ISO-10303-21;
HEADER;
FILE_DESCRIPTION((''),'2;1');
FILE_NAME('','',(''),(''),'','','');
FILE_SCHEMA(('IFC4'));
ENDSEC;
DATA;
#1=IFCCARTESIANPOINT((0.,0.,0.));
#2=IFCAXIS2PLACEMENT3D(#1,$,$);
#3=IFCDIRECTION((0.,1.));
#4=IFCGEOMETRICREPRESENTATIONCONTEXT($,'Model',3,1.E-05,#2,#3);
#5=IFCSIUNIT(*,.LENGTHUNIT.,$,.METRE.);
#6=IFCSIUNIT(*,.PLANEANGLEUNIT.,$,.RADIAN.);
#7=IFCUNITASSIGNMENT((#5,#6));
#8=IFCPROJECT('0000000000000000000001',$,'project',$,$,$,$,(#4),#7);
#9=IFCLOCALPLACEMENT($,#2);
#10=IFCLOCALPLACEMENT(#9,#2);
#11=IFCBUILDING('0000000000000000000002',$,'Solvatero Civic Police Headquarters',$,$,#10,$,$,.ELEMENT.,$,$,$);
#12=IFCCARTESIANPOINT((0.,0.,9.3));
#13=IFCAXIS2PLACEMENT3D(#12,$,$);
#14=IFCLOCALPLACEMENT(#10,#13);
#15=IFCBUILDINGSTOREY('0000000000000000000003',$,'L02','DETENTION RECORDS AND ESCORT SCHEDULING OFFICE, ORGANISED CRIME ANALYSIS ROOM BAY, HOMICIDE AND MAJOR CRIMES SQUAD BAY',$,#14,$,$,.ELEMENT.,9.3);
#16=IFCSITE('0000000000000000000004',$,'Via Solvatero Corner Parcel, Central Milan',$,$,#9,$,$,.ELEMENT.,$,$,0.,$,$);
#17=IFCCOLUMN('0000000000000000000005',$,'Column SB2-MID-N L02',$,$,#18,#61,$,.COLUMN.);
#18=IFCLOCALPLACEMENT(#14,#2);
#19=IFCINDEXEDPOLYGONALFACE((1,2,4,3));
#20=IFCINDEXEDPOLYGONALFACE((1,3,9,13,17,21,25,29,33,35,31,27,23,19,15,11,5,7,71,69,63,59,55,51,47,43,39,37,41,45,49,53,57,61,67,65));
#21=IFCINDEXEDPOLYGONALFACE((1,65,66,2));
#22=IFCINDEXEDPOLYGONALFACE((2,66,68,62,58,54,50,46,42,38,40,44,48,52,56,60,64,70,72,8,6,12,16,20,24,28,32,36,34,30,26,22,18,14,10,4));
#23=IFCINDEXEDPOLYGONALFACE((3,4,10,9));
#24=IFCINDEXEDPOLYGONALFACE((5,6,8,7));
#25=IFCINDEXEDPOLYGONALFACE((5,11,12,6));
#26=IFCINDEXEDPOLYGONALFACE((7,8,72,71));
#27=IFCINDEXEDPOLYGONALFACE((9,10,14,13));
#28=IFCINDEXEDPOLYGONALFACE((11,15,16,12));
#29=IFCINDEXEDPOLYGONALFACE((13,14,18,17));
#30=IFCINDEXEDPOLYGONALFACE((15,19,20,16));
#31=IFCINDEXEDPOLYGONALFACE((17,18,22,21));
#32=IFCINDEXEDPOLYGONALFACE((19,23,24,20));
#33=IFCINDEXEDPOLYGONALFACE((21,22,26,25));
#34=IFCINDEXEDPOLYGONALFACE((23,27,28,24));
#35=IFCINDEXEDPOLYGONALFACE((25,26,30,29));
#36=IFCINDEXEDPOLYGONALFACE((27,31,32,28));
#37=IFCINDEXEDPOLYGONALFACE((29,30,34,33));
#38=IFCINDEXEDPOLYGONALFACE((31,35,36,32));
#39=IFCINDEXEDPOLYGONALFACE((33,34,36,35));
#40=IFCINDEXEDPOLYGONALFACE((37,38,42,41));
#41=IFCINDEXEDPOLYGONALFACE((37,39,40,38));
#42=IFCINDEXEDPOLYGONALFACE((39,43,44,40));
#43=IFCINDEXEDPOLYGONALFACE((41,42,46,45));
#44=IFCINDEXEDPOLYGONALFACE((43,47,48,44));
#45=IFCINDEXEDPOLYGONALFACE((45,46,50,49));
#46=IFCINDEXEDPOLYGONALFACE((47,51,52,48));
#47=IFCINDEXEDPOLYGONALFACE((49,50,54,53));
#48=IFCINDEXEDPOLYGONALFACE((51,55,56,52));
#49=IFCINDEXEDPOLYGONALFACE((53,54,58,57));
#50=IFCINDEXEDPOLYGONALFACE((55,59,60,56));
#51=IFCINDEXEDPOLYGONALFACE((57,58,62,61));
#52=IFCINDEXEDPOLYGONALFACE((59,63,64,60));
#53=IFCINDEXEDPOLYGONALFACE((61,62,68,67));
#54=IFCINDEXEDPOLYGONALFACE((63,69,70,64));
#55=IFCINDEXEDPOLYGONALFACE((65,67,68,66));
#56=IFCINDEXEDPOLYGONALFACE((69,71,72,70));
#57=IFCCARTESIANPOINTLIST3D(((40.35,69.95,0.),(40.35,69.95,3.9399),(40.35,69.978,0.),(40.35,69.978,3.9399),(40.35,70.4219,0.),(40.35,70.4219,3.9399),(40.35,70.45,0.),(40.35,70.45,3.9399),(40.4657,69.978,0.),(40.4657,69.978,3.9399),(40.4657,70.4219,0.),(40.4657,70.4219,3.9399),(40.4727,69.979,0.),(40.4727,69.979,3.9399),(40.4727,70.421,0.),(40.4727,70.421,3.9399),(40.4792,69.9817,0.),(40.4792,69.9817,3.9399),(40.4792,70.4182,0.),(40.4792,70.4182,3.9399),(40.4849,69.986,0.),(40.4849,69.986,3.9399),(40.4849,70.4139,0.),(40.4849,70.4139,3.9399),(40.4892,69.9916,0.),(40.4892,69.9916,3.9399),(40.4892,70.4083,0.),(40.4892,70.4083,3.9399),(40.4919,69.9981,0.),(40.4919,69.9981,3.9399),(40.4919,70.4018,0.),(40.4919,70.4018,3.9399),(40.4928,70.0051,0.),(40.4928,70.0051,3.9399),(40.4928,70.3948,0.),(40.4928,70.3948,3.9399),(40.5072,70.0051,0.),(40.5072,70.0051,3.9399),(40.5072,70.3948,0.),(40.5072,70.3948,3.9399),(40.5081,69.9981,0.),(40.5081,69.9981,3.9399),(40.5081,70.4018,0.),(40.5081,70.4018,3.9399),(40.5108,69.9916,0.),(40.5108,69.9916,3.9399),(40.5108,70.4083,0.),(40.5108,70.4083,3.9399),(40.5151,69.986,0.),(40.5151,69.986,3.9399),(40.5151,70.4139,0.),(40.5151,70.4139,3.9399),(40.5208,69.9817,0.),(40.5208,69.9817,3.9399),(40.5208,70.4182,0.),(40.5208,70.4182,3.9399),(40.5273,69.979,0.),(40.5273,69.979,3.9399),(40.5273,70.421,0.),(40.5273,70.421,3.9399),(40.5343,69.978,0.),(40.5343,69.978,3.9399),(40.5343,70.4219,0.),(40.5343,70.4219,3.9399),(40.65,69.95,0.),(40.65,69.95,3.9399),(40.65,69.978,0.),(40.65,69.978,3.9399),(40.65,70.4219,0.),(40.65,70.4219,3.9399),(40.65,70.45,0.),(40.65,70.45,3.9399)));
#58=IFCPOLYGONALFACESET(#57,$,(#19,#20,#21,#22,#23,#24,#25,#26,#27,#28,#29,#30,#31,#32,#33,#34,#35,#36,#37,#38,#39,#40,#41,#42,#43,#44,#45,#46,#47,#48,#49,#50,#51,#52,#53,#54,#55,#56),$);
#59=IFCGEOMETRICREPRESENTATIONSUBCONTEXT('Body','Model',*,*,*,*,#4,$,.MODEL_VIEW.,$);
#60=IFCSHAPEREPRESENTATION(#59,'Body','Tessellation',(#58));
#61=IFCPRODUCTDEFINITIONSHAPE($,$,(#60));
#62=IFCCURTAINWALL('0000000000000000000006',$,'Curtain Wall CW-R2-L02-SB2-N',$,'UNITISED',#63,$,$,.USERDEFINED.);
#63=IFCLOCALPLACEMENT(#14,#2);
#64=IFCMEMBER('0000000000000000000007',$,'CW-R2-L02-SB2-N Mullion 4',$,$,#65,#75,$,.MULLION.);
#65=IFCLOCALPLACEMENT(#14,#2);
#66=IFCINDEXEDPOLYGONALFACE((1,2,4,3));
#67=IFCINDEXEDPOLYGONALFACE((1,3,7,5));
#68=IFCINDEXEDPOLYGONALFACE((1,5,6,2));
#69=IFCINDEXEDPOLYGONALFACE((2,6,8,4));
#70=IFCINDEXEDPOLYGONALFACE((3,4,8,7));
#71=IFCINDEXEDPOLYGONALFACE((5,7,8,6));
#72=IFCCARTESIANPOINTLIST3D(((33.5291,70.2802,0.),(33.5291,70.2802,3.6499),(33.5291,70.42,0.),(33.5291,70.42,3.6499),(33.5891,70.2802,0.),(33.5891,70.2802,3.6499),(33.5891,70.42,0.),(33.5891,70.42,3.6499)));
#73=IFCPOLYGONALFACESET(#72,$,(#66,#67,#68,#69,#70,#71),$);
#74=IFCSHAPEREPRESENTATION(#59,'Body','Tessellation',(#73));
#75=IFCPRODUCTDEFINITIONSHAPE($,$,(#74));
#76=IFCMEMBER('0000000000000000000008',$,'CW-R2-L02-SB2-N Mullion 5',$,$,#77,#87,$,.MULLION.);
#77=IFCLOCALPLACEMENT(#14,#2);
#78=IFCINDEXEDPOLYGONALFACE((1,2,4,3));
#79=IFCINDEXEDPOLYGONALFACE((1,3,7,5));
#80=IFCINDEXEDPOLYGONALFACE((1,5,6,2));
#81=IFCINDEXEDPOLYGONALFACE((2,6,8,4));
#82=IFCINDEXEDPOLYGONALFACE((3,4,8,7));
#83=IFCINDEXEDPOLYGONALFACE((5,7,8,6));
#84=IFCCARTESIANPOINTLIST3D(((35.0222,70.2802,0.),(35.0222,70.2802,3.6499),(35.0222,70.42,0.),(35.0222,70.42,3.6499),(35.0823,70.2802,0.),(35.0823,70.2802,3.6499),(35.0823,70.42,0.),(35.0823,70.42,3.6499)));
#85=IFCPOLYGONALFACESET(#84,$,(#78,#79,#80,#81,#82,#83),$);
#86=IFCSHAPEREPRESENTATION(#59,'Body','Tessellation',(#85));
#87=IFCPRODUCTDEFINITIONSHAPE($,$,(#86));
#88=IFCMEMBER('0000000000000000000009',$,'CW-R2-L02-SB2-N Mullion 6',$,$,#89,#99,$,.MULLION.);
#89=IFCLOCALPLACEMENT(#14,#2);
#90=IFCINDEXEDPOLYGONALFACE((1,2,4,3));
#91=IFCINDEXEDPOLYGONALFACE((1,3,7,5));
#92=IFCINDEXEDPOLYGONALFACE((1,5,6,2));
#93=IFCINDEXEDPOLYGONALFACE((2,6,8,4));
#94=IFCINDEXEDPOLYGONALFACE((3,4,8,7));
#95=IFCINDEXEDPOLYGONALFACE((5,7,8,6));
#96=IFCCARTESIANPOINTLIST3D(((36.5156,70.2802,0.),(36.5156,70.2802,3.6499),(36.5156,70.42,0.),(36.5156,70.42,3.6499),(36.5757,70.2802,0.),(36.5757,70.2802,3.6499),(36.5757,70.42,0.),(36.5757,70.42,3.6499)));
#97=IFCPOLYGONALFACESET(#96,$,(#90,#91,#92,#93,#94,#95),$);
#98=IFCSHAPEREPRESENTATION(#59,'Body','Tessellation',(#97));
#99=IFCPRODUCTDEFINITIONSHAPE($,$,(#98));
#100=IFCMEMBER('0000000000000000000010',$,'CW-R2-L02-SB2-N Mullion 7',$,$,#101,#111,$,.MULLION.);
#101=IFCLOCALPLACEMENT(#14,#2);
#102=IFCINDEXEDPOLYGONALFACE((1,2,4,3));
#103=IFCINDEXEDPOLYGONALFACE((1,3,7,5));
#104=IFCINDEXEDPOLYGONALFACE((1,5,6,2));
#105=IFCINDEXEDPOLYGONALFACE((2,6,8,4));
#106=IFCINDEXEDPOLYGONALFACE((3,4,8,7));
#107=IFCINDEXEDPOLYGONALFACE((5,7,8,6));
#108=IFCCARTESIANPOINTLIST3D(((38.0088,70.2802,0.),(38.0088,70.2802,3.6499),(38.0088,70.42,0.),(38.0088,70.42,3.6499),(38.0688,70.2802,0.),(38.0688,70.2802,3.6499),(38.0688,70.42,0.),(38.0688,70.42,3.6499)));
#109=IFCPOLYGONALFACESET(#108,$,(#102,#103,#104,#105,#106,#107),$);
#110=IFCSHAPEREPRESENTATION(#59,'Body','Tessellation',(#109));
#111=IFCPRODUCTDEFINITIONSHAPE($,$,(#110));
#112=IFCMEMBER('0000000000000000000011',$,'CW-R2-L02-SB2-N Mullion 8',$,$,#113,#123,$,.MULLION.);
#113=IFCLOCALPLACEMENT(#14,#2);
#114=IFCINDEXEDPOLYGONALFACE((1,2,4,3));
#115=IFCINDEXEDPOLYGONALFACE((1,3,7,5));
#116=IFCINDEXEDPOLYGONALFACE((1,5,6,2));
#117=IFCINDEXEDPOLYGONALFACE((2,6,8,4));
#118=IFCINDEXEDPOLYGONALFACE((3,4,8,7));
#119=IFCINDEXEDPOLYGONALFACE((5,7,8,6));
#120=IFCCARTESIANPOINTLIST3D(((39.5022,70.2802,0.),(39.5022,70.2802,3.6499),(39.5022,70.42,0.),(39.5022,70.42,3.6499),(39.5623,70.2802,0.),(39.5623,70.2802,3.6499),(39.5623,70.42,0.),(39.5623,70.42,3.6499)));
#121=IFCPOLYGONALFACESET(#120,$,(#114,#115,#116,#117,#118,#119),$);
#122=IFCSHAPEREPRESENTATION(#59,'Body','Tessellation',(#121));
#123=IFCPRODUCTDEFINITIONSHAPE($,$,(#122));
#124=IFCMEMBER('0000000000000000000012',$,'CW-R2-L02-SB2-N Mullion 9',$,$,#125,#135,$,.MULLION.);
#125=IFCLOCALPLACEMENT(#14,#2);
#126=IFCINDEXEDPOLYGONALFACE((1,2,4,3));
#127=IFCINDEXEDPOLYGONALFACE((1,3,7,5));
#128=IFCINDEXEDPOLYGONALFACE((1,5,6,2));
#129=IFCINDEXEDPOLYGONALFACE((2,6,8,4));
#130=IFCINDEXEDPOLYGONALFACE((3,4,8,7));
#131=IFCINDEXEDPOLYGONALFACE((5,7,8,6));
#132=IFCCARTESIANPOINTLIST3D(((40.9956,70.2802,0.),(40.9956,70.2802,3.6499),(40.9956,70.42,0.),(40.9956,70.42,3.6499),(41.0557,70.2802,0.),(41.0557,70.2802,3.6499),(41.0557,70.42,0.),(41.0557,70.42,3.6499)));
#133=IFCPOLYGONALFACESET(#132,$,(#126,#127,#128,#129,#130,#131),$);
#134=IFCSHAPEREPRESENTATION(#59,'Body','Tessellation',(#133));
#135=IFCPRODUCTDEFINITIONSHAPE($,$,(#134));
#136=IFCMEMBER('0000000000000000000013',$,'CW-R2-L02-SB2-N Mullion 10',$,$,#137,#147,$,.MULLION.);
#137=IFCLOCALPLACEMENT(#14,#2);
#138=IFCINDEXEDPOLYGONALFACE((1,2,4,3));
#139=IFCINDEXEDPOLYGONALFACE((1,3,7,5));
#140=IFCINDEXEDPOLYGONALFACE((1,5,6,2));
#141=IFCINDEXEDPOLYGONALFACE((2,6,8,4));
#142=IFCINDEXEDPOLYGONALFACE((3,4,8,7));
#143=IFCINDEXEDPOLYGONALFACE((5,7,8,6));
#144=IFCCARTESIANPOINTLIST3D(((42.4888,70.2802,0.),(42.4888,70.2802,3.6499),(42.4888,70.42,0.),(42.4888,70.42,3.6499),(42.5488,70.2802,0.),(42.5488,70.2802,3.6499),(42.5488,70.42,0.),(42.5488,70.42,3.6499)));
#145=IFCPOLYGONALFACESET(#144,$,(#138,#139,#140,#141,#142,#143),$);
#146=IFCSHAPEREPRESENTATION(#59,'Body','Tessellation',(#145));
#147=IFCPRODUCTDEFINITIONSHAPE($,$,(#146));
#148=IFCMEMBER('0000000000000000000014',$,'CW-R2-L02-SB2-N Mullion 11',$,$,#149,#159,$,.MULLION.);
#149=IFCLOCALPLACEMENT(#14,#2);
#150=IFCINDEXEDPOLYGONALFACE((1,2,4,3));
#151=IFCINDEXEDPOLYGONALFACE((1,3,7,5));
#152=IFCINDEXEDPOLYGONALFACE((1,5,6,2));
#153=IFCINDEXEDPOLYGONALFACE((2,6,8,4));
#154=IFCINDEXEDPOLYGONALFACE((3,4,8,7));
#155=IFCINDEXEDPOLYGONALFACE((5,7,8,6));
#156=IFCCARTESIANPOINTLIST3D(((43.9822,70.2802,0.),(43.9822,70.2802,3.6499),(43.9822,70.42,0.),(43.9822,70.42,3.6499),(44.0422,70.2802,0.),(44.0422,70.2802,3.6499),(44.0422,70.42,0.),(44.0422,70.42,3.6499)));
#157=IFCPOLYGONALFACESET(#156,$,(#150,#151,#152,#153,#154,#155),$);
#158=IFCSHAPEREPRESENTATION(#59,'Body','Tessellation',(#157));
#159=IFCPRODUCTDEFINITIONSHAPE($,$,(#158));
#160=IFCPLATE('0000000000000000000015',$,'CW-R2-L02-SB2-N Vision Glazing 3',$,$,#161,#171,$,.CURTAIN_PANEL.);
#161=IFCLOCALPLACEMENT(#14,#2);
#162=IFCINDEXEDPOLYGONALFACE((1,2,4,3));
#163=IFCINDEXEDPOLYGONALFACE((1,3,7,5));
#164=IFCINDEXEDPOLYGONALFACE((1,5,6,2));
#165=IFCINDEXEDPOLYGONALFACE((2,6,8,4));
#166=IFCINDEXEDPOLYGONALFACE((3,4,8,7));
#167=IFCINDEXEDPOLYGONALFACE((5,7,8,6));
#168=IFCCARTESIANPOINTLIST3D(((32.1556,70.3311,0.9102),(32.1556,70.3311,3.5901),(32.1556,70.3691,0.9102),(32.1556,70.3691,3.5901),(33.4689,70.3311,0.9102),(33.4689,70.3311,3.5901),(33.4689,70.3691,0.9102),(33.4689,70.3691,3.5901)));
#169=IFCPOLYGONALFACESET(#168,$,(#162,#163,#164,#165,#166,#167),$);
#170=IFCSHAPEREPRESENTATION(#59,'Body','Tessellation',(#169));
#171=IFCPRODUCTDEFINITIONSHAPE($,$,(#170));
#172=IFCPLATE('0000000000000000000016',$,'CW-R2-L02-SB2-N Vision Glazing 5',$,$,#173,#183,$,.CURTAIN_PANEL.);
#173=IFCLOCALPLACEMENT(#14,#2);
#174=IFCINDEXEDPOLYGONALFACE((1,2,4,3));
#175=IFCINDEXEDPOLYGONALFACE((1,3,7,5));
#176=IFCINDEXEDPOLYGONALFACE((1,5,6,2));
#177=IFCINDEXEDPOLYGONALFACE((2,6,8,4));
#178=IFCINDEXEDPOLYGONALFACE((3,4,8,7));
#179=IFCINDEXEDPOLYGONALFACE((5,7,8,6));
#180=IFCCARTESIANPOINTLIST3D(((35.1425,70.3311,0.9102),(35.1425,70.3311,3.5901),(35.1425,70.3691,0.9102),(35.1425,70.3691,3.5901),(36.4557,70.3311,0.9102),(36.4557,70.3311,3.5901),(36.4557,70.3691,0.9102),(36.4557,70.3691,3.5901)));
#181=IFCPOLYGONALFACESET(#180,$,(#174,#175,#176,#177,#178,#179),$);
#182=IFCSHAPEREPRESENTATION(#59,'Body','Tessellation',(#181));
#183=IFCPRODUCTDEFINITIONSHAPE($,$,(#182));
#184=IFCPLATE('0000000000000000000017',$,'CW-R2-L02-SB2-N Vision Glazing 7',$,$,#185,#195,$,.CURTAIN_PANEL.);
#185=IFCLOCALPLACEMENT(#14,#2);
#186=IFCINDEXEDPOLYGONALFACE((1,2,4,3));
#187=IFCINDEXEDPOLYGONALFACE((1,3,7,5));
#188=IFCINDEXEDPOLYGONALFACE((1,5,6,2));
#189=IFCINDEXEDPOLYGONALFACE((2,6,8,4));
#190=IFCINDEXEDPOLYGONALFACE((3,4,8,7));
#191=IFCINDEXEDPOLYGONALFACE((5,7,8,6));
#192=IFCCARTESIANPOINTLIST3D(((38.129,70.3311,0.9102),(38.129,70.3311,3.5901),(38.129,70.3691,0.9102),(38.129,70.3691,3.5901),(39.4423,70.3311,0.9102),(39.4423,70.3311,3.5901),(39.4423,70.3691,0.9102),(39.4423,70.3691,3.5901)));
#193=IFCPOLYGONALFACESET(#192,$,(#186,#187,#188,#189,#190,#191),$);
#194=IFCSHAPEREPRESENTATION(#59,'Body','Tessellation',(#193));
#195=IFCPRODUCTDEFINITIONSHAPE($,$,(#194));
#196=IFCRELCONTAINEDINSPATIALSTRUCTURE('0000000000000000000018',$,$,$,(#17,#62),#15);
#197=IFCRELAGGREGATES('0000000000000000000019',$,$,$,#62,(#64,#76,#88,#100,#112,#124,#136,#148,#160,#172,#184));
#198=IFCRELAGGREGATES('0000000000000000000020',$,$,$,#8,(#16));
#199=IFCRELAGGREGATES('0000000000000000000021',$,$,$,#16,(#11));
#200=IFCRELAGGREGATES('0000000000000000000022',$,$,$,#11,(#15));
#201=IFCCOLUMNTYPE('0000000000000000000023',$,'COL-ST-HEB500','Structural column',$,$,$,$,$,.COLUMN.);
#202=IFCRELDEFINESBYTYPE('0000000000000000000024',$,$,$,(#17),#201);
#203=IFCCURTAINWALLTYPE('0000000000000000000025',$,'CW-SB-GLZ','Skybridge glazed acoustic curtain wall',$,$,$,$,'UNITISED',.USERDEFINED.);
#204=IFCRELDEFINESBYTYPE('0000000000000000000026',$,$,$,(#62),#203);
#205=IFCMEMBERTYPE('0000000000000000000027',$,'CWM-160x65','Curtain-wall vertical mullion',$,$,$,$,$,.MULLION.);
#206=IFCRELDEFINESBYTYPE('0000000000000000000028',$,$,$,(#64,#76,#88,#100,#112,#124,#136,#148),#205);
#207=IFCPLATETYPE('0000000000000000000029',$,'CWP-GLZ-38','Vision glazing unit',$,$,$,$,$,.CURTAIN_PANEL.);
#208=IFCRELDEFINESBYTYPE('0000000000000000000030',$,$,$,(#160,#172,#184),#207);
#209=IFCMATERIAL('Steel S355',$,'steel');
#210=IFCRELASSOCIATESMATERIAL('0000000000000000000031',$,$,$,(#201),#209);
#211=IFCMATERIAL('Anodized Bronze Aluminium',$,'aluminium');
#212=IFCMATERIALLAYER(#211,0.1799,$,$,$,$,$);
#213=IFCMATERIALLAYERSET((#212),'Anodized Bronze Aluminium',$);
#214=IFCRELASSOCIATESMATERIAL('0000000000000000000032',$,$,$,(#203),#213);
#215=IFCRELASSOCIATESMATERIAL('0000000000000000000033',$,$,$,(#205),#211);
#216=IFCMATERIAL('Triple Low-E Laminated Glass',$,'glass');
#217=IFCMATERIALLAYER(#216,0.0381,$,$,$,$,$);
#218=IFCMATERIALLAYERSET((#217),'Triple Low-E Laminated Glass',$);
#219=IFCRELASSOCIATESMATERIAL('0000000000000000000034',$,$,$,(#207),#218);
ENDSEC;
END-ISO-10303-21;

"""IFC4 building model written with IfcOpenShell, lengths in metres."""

from ifc_helpers import new_model, si_unit, direction, frame, origin, origin_2d, place, context, subcontext, project, spatial, rectangle, i_section, extrude, material, layer, layer_set, material_profile, profile_set, type_object, element, aggregate, save


model = new_model("IFC4")

# Units and contexts
model_context = context("Model", 3, precision=1e-05, world=origin(), true_north=direction((0.0, 1.0)))
body_context = subcontext(model_context, "Body", "Model", "MODEL_VIEW")
ifc_project = project(units=[si_unit("LENGTHUNIT", "METRE"), si_unit("PLANEANGLEUNIT", "RADIAN")], contexts=[model_context])

# Site, building, storey
site_placement = place(None, origin())
site = spatial("IfcSite", under=ifc_project, at=site_placement, Name="Via Solvatero Corner Parcel, Central Milan", CompositionType="ELEMENT", RefElevation=0.0)
building_placement = place(site_placement, origin())
building = spatial("IfcBuilding", under=site, at=building_placement, Name="Solvatero Civic Police Headquarters", CompositionType="ELEMENT")
storey_placement = place(building_placement, frame((0.0, 0.0, 9.3)))
storey = spatial("IfcBuildingStorey", under=building, at=storey_placement, Name="L02", Description="DETENTION RECORDS AND ESCORT SCHEDULING OFFICE, ORGANISED CRIME ANALYSIS ROOM BAY, HOMICIDE AND MAJOR CRIMES SQUAD BAY", CompositionType="ELEMENT", Elevation=9.3)

# Column
ifc_material_1 = material(Name="Steel S355", Category="steel")
ifc_material_profile_1 = material_profile(ifc_material_1, i_section(OverallWidth=0.3, OverallDepth=0.5, WebThickness=0.0144, FlangeThickness=0.0281, FilletRadius=0.0271, at=origin_2d()), Name="HEB 500")
ifc_profile_set_1 = profile_set([ifc_material_profile_1], Name="Steel S355")
column_type = type_object("IfcColumnType", Name="COL-ST-HEB500", Description="Structural column", PredefinedType="COLUMN", material=ifc_profile_set_1)
column_placement = place(storey_placement, frame((40.5, 70.2, 0.0), z_axis=(0.0, 0.0, 1.0), x_axis=(1.0, 0.0, 0.0)))
element("IfcColumn", 1, at=column_placement, inside=storey, type_object=column_type, Name="Column SB2-MID-N L02", PredefinedType="COLUMN", context=body_context, shape_type="SweptSolid", body=[
    extrude(i_section(OverallWidth=0.3, OverallDepth=0.5, WebThickness=0.0144, FlangeThickness=0.0281, FilletRadius=0.0271, at=origin_2d()), origin(), (0.0, 0.0, 1.0), 3.9399),
])

# Curtain wall, members, plates
ifc_material_2 = material(Name="Anodized Bronze Aluminium", Category="aluminium")
ifc_layer_1 = layer(ifc_material_2, 0.1799)
ifc_layer_set_1 = layer_set([ifc_layer_1], Name="Anodized Bronze Aluminium")
curtain_wall_type = type_object("IfcCurtainWallType", Name="CW-SB-GLZ", Description="Skybridge glazed acoustic curtain wall", ElementType="UNITISED", PredefinedType="USERDEFINED", material=ifc_layer_set_1)
curtain_wall_placement = place(storey_placement, origin())
curtain_wall = element("IfcCurtainWall", 2, at=curtain_wall_placement, inside=storey, type_object=curtain_wall_type, Name="Curtain Wall CW-R2-L02-SB2-N", ObjectType="UNITISED", PredefinedType="USERDEFINED")
ifc_material_profile_2 = material_profile(ifc_material_2, rectangle(XDim=0.0601, YDim=0.1399, at=origin_2d()), Name="ALU MULLION 60x140")
ifc_profile_set_2 = profile_set([ifc_material_profile_2], Name="Anodized Bronze Aluminium")
member_type = type_object("IfcMemberType", Name="CWM-160x65", Description="Curtain-wall vertical mullion", PredefinedType="MULLION", material=ifc_profile_set_2)
member_1_placement = place(storey_placement, frame((33.5591, 70.3501, 0.0), z_axis=(0.0, 0.0, 1.0), x_axis=(1.0, 0.0, 0.0)))
member_1 = element("IfcMember", 3, at=member_1_placement, type_object=member_type, Name="CW-R2-L02-SB2-N Mullion 4", PredefinedType="MULLION", context=body_context, shape_type="SweptSolid", body=[
    extrude(rectangle(XDim=0.0601, YDim=0.1399, at=origin_2d()), origin(), (0.0, 0.0, 1.0), 3.6499),
])
member_2_placement = place(storey_placement, frame((35.0522, 70.3501, 0.0), z_axis=(0.0, 0.0, 1.0), x_axis=(1.0, 0.0, 0.0)))
member_2 = element("IfcMember", 4, at=member_2_placement, type_object=member_type, Name="CW-R2-L02-SB2-N Mullion 5", PredefinedType="MULLION", context=body_context, shape_type="SweptSolid", body=[
    extrude(rectangle(XDim=0.0601, YDim=0.1399, at=origin_2d()), origin(), (0.0, 0.0, 1.0), 3.6499),
])
member_3_placement = place(storey_placement, frame((36.5457, 70.3501, 0.0), z_axis=(0.0, 0.0, 1.0), x_axis=(1.0, 0.0, 0.0)))
member_3 = element("IfcMember", 5, at=member_3_placement, type_object=member_type, Name="CW-R2-L02-SB2-N Mullion 6", PredefinedType="MULLION", context=body_context, shape_type="SweptSolid", body=[
    extrude(rectangle(XDim=0.0601, YDim=0.1399, at=origin_2d()), origin(), (0.0, 0.0, 1.0), 3.6499),
])
member_4_placement = place(storey_placement, frame((38.0388, 70.3501, 0.0), z_axis=(0.0, 0.0, 1.0), x_axis=(1.0, 0.0, 0.0)))
member_4 = element("IfcMember", 6, at=member_4_placement, type_object=member_type, Name="CW-R2-L02-SB2-N Mullion 7", PredefinedType="MULLION", context=body_context, shape_type="SweptSolid", body=[
    extrude(rectangle(XDim=0.0601, YDim=0.1399, at=origin_2d()), origin(), (0.0, 0.0, 1.0), 3.6499),
])
member_5_placement = place(storey_placement, frame((39.5322, 70.3501, 0.0), z_axis=(0.0, 0.0, 1.0), x_axis=(1.0, 0.0, 0.0)))
member_5 = element("IfcMember", 7, at=member_5_placement, type_object=member_type, Name="CW-R2-L02-SB2-N Mullion 8", PredefinedType="MULLION", context=body_context, shape_type="SweptSolid", body=[
    extrude(rectangle(XDim=0.0601, YDim=0.1399, at=origin_2d()), origin(), (0.0, 0.0, 1.0), 3.6499),
])
member_6_placement = place(storey_placement, frame((41.0256, 70.3501, 0.0), z_axis=(0.0, 0.0, 1.0), x_axis=(1.0, 0.0, 0.0)))
member_6 = element("IfcMember", 8, at=member_6_placement, type_object=member_type, Name="CW-R2-L02-SB2-N Mullion 9", PredefinedType="MULLION", context=body_context, shape_type="SweptSolid", body=[
    extrude(rectangle(XDim=0.0601, YDim=0.1399, at=origin_2d()), origin(), (0.0, 0.0, 1.0), 3.6499),
])
member_7_placement = place(storey_placement, frame((42.5188, 70.3501, 0.0), z_axis=(0.0, 0.0, 1.0), x_axis=(1.0, 0.0, 0.0)))
member_7 = element("IfcMember", 9, at=member_7_placement, type_object=member_type, Name="CW-R2-L02-SB2-N Mullion 10", PredefinedType="MULLION", context=body_context, shape_type="SweptSolid", body=[
    extrude(rectangle(XDim=0.0601, YDim=0.1399, at=origin_2d()), origin(), (0.0, 0.0, 1.0), 3.6499),
])
member_8_placement = place(storey_placement, frame((44.0122, 70.3501, 0.0), z_axis=(0.0, 0.0, 1.0), x_axis=(1.0, 0.0, 0.0)))
member_8 = element("IfcMember", 10, at=member_8_placement, type_object=member_type, Name="CW-R2-L02-SB2-N Mullion 11", PredefinedType="MULLION", context=body_context, shape_type="SweptSolid", body=[
    extrude(rectangle(XDim=0.0601, YDim=0.1399, at=origin_2d()), origin(), (0.0, 0.0, 1.0), 3.6499),
])
ifc_material_3 = material(Name="Triple Low-E Laminated Glass", Category="glass")
ifc_layer_2 = layer(ifc_material_3, 0.0381)
ifc_layer_set_2 = layer_set([ifc_layer_2], Name="Triple Low-E Laminated Glass")
plate_type_1 = type_object("IfcPlateType", Name="CWP-GLZ-38", Description="Vision glazing unit", PredefinedType="CURTAIN_PANEL", material=ifc_layer_set_2)
plate_1_placement = place(storey_placement, frame((32.8123, 70.3501, 0.9102), z_axis=(0.0, 0.0, 1.0), x_axis=(1.0, 0.0, 0.0)))
plate_1 = element("IfcPlate", 11, at=plate_1_placement, type_object=plate_type_1, Name="CW-R2-L02-SB2-N Vision Glazing 3", PredefinedType="CURTAIN_PANEL", context=body_context, shape_type="SweptSolid", body=[
    extrude(rectangle(XDim=1.3132, YDim=0.0381, at=origin_2d()), origin(), (0.0, 0.0, 1.0), 2.6799),
])
plate_2_placement = place(storey_placement, frame((35.7991, 70.3501, 0.9102), z_axis=(0.0, 0.0, 1.0), x_axis=(1.0, 0.0, 0.0)))
plate_2 = element("IfcPlate", 12, at=plate_2_placement, type_object=plate_type_1, Name="CW-R2-L02-SB2-N Vision Glazing 5", PredefinedType="CURTAIN_PANEL", context=body_context, shape_type="SweptSolid", body=[
    extrude(rectangle(XDim=1.3132, YDim=0.0381, at=origin_2d()), origin(), (0.0, 0.0, 1.0), 2.6799),
])
plate_3_placement = place(storey_placement, frame((38.7856, 70.3501, 0.9102), z_axis=(0.0, 0.0, 1.0), x_axis=(1.0, 0.0, 0.0)))
plate_3 = element("IfcPlate", 13, at=plate_3_placement, type_object=plate_type_1, Name="CW-R2-L02-SB2-N Vision Glazing 7", PredefinedType="CURTAIN_PANEL", context=body_context, shape_type="SweptSolid", body=[
    extrude(rectangle(XDim=1.3132, YDim=0.0381, at=origin_2d()), origin(), (0.0, 0.0, 1.0), 2.6799),
])
aggregate(curtain_wall, [member_1, member_2, member_3, member_4, member_5, member_6, member_7, member_8, plate_1, plate_2, plate_3])

save(model, "model.ifc")
